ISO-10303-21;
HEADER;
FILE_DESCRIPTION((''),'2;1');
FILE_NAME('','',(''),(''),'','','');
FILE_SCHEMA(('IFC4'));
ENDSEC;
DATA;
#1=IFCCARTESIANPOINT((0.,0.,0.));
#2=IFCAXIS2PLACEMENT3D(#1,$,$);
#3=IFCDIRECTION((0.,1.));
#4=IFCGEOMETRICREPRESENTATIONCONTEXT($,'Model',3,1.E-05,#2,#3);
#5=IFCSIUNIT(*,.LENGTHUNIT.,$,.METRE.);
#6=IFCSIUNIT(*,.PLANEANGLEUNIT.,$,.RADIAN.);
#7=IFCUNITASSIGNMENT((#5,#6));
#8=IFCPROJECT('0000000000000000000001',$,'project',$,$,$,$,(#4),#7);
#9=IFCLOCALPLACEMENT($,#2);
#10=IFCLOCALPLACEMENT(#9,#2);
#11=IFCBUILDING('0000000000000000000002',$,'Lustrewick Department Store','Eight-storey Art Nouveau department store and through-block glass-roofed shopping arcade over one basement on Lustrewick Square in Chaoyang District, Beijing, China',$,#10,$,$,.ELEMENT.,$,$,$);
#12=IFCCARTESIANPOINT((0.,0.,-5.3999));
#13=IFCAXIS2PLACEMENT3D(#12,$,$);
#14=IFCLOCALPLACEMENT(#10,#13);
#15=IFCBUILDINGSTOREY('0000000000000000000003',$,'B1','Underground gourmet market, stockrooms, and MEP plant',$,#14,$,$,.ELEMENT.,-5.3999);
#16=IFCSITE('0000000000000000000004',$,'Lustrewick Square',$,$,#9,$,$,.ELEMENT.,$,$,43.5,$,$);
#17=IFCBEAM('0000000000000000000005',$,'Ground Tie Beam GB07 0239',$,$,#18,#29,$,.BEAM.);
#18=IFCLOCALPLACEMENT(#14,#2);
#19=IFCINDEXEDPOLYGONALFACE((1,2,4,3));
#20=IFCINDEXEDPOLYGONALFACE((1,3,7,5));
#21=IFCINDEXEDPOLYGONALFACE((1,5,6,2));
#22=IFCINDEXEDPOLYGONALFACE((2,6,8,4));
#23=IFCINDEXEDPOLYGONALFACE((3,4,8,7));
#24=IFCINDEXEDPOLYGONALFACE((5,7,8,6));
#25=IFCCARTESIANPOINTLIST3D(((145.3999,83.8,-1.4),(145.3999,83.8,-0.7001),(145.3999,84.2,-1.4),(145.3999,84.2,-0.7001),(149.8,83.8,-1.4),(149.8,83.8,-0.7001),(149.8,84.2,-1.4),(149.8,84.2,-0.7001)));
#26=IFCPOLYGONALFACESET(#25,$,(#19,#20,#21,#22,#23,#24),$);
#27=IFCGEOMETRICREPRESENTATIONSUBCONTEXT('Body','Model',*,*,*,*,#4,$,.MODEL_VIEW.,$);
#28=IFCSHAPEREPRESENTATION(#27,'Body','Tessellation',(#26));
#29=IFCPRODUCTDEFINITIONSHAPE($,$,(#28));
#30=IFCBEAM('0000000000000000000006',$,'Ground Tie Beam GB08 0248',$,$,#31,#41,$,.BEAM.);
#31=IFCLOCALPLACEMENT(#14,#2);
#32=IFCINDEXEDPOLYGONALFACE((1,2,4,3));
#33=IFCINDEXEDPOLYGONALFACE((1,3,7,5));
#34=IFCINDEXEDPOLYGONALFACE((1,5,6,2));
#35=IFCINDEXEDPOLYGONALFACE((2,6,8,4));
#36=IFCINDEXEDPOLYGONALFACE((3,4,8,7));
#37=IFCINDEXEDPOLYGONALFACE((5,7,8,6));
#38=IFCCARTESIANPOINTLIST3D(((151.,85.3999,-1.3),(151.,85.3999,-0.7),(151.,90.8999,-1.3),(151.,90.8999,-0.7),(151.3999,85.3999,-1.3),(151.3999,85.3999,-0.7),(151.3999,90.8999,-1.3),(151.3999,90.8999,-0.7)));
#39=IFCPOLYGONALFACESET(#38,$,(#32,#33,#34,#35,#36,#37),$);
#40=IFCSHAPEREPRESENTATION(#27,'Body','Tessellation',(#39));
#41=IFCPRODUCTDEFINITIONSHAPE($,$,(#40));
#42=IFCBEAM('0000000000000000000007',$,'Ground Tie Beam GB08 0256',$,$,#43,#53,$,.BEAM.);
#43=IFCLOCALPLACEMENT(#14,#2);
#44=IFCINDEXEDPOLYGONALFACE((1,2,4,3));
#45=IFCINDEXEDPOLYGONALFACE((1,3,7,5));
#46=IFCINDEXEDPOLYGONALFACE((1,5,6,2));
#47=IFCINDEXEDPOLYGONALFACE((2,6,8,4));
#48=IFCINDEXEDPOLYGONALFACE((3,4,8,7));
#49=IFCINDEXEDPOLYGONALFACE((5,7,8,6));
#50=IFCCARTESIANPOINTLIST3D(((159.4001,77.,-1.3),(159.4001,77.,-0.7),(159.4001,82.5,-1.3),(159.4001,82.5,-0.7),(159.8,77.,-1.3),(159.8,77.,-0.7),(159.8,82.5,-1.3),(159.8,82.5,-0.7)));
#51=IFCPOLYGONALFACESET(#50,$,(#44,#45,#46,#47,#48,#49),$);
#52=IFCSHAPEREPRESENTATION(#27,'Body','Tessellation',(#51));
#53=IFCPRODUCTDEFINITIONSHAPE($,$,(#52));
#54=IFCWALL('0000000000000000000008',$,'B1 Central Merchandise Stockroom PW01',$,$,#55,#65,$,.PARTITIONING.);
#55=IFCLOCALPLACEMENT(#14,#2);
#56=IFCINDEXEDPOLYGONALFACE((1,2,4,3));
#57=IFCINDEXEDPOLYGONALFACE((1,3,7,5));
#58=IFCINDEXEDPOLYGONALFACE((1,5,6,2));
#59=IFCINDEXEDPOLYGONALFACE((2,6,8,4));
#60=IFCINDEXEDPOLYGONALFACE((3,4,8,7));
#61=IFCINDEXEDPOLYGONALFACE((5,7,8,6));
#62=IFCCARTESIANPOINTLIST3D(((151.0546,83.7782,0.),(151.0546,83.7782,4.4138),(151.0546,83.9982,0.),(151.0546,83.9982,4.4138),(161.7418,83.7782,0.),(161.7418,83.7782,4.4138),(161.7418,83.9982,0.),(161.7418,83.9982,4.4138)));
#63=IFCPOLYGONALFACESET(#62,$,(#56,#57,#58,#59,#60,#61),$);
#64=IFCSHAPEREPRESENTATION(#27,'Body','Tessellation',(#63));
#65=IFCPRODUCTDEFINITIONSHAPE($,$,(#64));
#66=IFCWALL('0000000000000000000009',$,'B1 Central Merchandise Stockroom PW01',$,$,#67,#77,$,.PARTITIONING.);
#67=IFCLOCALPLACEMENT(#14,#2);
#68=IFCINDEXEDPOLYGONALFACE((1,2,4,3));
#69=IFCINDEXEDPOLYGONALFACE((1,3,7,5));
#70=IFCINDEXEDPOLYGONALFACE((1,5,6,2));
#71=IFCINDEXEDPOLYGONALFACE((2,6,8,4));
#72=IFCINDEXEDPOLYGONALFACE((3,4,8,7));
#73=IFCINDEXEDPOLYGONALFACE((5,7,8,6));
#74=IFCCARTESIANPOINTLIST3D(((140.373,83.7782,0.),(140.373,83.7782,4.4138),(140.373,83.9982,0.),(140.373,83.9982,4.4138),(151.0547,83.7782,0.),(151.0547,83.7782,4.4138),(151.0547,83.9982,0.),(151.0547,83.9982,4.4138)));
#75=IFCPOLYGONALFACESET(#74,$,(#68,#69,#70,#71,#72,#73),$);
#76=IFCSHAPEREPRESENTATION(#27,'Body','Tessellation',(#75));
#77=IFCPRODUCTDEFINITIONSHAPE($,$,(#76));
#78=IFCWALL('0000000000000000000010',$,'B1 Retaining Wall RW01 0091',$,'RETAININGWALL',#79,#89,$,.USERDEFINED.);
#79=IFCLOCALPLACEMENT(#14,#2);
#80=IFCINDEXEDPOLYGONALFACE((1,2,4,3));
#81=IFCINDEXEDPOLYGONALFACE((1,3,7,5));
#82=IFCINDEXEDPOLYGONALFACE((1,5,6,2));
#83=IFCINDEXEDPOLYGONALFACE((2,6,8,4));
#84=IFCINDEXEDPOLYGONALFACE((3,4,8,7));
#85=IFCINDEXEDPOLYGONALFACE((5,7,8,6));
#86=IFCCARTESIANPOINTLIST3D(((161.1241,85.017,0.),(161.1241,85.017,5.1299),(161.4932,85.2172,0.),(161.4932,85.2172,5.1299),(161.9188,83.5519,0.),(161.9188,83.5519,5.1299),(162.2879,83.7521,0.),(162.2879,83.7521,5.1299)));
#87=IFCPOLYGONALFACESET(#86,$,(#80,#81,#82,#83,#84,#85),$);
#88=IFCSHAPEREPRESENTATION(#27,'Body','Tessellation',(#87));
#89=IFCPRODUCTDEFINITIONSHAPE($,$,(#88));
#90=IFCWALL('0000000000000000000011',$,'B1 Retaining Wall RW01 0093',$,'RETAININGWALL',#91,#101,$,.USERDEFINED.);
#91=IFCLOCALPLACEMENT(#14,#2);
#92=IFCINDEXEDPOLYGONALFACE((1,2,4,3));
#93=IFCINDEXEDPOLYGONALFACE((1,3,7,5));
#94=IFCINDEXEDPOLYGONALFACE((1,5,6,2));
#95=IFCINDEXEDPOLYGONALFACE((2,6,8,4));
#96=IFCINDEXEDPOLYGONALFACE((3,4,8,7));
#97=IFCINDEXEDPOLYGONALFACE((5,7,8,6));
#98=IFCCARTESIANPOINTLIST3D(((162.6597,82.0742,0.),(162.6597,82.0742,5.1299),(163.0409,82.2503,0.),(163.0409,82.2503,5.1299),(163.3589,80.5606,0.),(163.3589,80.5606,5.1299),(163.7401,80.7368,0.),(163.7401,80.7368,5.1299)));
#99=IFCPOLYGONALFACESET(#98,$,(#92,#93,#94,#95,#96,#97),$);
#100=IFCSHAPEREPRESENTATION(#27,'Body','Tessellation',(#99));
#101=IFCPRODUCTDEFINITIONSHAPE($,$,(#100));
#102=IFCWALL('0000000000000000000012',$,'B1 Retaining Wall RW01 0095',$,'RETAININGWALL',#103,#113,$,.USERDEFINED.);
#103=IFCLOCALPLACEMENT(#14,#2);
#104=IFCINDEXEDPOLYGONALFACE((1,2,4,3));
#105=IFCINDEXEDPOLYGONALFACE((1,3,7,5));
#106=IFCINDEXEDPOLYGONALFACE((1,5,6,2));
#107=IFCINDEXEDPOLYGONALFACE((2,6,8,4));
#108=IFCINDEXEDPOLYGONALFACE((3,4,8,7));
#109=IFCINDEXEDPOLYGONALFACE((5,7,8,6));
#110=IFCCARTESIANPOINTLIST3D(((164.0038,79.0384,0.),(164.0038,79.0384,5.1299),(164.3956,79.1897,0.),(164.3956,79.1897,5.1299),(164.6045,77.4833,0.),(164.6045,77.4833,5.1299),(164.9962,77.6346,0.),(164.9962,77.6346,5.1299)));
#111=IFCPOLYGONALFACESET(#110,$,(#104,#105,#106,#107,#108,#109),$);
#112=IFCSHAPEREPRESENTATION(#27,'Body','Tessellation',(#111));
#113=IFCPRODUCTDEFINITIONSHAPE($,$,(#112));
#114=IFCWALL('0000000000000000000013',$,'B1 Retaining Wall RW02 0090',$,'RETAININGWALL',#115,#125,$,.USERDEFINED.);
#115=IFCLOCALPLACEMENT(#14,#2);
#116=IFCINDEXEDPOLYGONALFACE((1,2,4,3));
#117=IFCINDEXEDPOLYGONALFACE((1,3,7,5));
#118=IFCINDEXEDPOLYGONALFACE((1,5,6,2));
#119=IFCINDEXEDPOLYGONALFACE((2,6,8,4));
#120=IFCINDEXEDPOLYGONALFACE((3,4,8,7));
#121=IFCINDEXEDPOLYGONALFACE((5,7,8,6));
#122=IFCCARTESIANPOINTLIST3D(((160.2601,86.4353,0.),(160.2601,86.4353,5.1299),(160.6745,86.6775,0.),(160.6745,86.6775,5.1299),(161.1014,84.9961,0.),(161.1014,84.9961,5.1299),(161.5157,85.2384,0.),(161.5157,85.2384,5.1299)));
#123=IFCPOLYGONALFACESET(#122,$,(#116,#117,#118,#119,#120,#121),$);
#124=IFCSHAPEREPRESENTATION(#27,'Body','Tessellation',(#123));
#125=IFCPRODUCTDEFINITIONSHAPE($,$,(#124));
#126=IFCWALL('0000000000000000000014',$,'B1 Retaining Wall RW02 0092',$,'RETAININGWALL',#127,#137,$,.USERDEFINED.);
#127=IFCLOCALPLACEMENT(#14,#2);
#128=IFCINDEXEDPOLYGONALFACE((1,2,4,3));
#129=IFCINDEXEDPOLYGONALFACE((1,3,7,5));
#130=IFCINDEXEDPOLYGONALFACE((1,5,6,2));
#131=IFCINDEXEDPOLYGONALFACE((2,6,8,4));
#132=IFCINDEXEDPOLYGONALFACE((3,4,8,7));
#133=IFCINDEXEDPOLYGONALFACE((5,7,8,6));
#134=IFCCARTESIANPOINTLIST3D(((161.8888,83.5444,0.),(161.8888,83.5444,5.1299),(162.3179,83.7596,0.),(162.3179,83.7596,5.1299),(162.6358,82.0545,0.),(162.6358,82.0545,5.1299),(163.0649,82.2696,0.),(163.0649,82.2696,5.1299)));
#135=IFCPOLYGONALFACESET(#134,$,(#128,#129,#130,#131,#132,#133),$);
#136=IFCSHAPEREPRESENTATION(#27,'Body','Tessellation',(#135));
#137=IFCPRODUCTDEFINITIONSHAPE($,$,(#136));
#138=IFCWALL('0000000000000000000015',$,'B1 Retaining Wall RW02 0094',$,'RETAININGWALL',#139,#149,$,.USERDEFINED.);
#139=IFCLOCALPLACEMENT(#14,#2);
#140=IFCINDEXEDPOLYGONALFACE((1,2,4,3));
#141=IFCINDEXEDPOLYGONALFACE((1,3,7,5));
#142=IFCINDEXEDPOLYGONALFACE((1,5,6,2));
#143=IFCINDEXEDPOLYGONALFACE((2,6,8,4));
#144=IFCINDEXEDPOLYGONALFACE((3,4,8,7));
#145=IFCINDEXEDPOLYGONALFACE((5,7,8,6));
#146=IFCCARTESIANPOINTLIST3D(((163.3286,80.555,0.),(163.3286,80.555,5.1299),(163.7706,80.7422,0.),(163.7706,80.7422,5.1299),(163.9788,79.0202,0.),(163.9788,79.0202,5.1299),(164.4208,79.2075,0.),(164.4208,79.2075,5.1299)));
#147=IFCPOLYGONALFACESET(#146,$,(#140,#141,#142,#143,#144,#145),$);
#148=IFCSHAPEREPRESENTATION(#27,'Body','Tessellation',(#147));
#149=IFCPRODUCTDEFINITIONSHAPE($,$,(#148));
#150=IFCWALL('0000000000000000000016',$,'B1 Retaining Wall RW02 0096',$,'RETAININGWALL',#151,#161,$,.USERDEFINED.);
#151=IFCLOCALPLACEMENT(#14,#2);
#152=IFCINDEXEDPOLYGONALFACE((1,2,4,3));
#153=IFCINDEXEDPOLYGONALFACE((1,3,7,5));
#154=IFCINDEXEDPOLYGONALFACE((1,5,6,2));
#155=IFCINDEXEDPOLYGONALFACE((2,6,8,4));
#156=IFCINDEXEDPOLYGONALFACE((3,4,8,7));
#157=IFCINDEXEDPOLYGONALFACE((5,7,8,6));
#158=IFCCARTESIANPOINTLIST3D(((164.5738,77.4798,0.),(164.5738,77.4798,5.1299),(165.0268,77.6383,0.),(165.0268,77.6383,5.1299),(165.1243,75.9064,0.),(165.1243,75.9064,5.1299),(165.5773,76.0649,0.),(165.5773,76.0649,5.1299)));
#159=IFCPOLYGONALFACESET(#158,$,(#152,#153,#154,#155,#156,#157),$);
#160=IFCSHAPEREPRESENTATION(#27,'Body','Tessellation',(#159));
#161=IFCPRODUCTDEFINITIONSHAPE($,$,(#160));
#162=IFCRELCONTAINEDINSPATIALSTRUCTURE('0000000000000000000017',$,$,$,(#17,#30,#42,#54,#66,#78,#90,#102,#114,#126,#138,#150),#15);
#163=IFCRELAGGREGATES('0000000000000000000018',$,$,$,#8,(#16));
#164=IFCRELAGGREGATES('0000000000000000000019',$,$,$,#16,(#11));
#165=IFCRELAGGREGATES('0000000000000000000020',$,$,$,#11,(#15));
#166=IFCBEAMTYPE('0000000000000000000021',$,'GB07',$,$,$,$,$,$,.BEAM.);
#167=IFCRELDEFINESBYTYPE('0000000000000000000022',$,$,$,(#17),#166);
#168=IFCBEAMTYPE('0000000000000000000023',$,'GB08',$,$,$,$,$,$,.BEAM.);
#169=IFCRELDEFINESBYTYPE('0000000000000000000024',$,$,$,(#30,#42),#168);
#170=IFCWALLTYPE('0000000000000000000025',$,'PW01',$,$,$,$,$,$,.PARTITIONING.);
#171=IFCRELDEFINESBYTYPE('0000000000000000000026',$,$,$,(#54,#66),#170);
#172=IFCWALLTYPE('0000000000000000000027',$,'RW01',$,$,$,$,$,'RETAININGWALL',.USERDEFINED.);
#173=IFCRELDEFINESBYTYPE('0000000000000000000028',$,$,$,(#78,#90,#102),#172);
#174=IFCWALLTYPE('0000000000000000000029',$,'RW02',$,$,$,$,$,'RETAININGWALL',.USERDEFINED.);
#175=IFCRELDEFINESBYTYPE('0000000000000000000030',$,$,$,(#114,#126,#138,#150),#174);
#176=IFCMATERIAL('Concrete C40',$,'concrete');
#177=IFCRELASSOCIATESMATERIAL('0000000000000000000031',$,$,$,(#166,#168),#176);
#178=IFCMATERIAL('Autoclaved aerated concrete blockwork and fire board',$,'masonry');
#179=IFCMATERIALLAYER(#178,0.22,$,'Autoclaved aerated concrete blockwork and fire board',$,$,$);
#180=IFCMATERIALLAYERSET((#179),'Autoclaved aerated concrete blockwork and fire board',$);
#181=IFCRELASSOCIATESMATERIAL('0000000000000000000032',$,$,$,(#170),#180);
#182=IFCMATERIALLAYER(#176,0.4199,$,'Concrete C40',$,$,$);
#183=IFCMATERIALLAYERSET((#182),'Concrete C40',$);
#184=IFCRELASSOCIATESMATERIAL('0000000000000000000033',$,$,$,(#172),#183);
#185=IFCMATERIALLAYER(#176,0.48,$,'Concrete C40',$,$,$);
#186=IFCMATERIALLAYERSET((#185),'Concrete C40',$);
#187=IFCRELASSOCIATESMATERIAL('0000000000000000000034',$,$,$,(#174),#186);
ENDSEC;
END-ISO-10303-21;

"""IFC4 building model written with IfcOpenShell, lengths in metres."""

from ifc_helpers import new_model, si_unit, direction, frame, frame_2d, origin, origin_2d, place, context, subcontext, project, spatial, rectangle, extrude, material, layer, layer_set, material_profile, profile_set, type_object, element, save


model = new_model("IFC4")

# Units and contexts
model_context = context("Model", 3, precision=1e-05, world=origin(), true_north=direction((0.0, 1.0)))
body_context = subcontext(model_context, "Body", "Model", "MODEL_VIEW")
ifc_project = project(units=[si_unit("LENGTHUNIT", "METRE"), si_unit("PLANEANGLEUNIT", "RADIAN")], contexts=[model_context])

# Site, building, storey
site_placement = place(None, origin())
site = spatial("IfcSite", under=ifc_project, at=site_placement, Name="Lustrewick Square", CompositionType="ELEMENT", RefElevation=43.5)
building_placement = place(site_placement, origin())
building = spatial("IfcBuilding", under=site, at=building_placement, Name="Lustrewick Department Store", Description="Eight-storey Art Nouveau department store and through-block glass-roofed shopping arcade over one basement on Lustrewick Square in Chaoyang District, Beijing, China", CompositionType="ELEMENT")
storey_placement = place(building_placement, frame((0.0, 0.0, -5.3999)))
storey = spatial("IfcBuildingStorey", under=building, at=storey_placement, Name="B1", Description="Underground gourmet market, stockrooms, and MEP plant", CompositionType="ELEMENT", Elevation=-5.3999)

# Shared definitions
ifc_material_1 = material(Name="Concrete C40", Category="concrete")

# Beams
ifc_material_profile_1 = material_profile(ifc_material_1, rectangle(XDim=0.3999, YDim=0.7, at=origin_2d()), Name="RC 400x700")
ifc_profile_set_1 = profile_set([ifc_material_profile_1], Name="Concrete C40")
beam_type_1 = type_object("IfcBeamType", Name="GB07", PredefinedType="BEAM", material=ifc_profile_set_1)
beam_1_placement = place(storey_placement, frame((145.3999, 84.0, -1.05), z_axis=(1.0, 0.0, 0.0), x_axis=(0.0, 1.0, 0.0)))
element("IfcBeam", 1, at=beam_1_placement, inside=storey, type_object=beam_type_1, Name="Ground Tie Beam GB07 0239", PredefinedType="BEAM", context=body_context, shape_type="SweptSolid", body=[
    extrude(rectangle(XDim=0.3999, YDim=0.7, at=origin_2d()), origin(), (0.0, 0.0, 1.0), 4.4001),
])
ifc_material_profile_2 = material_profile(ifc_material_1, rectangle(XDim=0.3999, YDim=0.6001, at=origin_2d()), Name="RC 400x600")
ifc_profile_set_2 = profile_set([ifc_material_profile_2], Name="Concrete C40")
beam_type_2 = type_object("IfcBeamType", Name="GB08", PredefinedType="BEAM", material=ifc_profile_set_2)
for number, where, z_axis, x_axis, name in (
    (2, (151.2, 85.3999, -1.0), (0.0, 1.0, 0.0), (-1.0, 0.0, 0.0), "Ground Tie Beam GB08 0248"),
    (3, (159.6001, 77.0, -1.0), (0.0, 1.0, 0.0), (-1.0, 0.0, 0.0), "Ground Tie Beam GB08 0256"),
):
    element("IfcBeam", number, at=place(storey_placement, frame(where, z_axis=z_axis, x_axis=x_axis)), inside=storey, type_object=beam_type_2, Name=name, PredefinedType="BEAM", context=body_context, shape_type="SweptSolid", body=[
        extrude(rectangle(XDim=0.3999, YDim=0.6001, at=origin_2d()), origin(), (0.0, 0.0, 1.0), 5.5),
    ])

# Walls
ifc_material_2 = material(Name="Autoclaved aerated concrete blockwork and fire board", Category="masonry")
ifc_layer_1 = layer(ifc_material_2, 0.22, Name="Autoclaved aerated concrete blockwork and fire board")
ifc_layer_set_1 = layer_set([ifc_layer_1], Name="Autoclaved aerated concrete blockwork and fire board")
wall_type_1 = type_object("IfcWallType", Name="PW01", PredefinedType="PARTITIONING", material=ifc_layer_set_1)
wall_1_placement = place(storey_placement, frame((161.7419, 83.8882, 0.0), z_axis=(0.0, 0.0, 1.0), x_axis=(-1.0, 0.0, 0.0)))
element("IfcWall", 4, at=wall_1_placement, inside=storey, type_object=wall_type_1, Name="B1 Central Merchandise Stockroom PW01", PredefinedType="PARTITIONING", context=body_context, shape_type="SweptSolid", body=[
    extrude(rectangle(XDim=10.6873, YDim=0.22, at=frame_2d((5.3438, 0.0))), origin(), (0.0, 0.0, 1.0), 4.4138),
])
wall_2_placement = place(storey_placement, frame((151.0547, 83.8882, 0.0), z_axis=(0.0, 0.0, 1.0), x_axis=(-1.0, 0.0, 0.0)))
element("IfcWall", 5, at=wall_2_placement, inside=storey, type_object=wall_type_1, Name="B1 Central Merchandise Stockroom PW01", PredefinedType="PARTITIONING", context=body_context, shape_type="SweptSolid", body=[
    extrude(rectangle(XDim=10.6816, YDim=0.22, at=frame_2d((5.3408, 0.0))), origin(), (0.0, 0.0, 1.0), 4.4138),
])
ifc_layer_2 = layer(ifc_material_1, 0.4199, Name="Concrete C40")
ifc_layer_set_2 = layer_set([ifc_layer_2], Name="Concrete C40")
wall_type_2 = type_object("IfcWallType", Name="RW01", ElementType="RETAININGWALL", PredefinedType="USERDEFINED", material=ifc_layer_set_2)
wall_3_placement = place(storey_placement, frame((161.3086, 85.1172, 0.0), z_axis=(0.0, 0.0, 1.0), x_axis=(0.476788, -0.879018, 0.0)))
element("IfcWall", 6, at=wall_3_placement, inside=storey, type_object=wall_type_2, Name="B1 Retaining Wall RW01 0091", ObjectType="RETAININGWALL", PredefinedType="USERDEFINED", context=body_context, shape_type="SweptSolid", body=[
    extrude(rectangle(XDim=1.6667, YDim=0.4199, at=frame_2d((0.8335, 0.0))), origin(), (0.0, 0.0, 1.0), 5.1299),
])
wall_4_placement = place(storey_placement, frame((162.8503, 82.1621, 0.0), z_axis=(0.0, 0.0, 1.0), x_axis=(0.419411, -0.907796, 0.0)))
element("IfcWall", 7, at=wall_4_placement, inside=storey, type_object=wall_type_2, Name="B1 Retaining Wall RW01 0093", ObjectType="RETAININGWALL", PredefinedType="USERDEFINED", context=body_context, shape_type="SweptSolid", body=[
    extrude(rectangle(XDim=1.6672, YDim=0.4199, at=frame_2d((0.8335, 0.0))), origin(), (0.0, 0.0, 1.0), 5.1299),
])
wall_5_placement = place(storey_placement, frame((164.1997, 79.114, 0.0), z_axis=(0.0, 0.0, 1.0), x_axis=(0.360304, -0.932835, 0.0)))
element("IfcWall", 8, at=wall_5_placement, inside=storey, type_object=wall_type_2, Name="B1 Retaining Wall RW01 0095", ObjectType="RETAININGWALL", PredefinedType="USERDEFINED", context=body_context, shape_type="SweptSolid", body=[
    extrude(rectangle(XDim=1.667, YDim=0.4199, at=frame_2d((0.8335, 0.0))), origin(), (0.0, 0.0, 1.0), 5.1299),
])
ifc_layer_3 = layer(ifc_material_1, 0.48, Name="Concrete C40")
ifc_layer_set_3 = layer_set([ifc_layer_3], Name="Concrete C40")
wall_type_3 = type_object("IfcWallType", Name="RW02", ElementType="RETAININGWALL", PredefinedType="USERDEFINED", material=ifc_layer_set_3)
wall_6_placement = place(storey_placement, frame((160.4673, 86.5564, 0.0), z_axis=(0.0, 0.0, 1.0), x_axis=(0.504663, -0.863316, 0.0)))
element("IfcWall", 9, at=wall_6_placement, inside=storey, type_object=wall_type_3, Name="B1 Retaining Wall RW02 0090", ObjectType="RETAININGWALL", PredefinedType="USERDEFINED", context=body_context, shape_type="SweptSolid", body=[
    extrude(rectangle(XDim=1.667, YDim=0.48, at=frame_2d((0.8335, 0.0))), origin(), (0.0, 0.0, 1.0), 5.1299),
])
for number, where, z_axis, x_axis, name in (
    (10, (162.1033, 83.6521, 0.0), (0.0, 0.0, 1.0), (0.448209, -0.893929, 0.0), "B1 Retaining Wall RW02 0092"),
    (11, (163.5496, 80.6487, 0.0), (0.0, 0.0, 1.0), (0.39008, -0.920781, 0.0), "B1 Retaining Wall RW02 0094"),
):
    element("IfcWall", number, at=place(storey_placement, frame(where, z_axis=z_axis, x_axis=x_axis)), inside=storey, type_object=wall_type_3, Name=name, ObjectType="RETAININGWALL", PredefinedType="USERDEFINED", context=body_context, shape_type="SweptSolid", body=[
        extrude(rectangle(XDim=1.6667, YDim=0.48, at=frame_2d((0.8335, 0.0))), origin(), (0.0, 0.0, 1.0), 5.1299),
    ])
wall_7_placement = place(storey_placement, frame((164.8003, 77.5591, 0.0), z_axis=(0.0, 0.0, 1.0), x_axis=(0.330253, -0.943893, 0.0)))
element("IfcWall", 12, at=wall_7_placement, inside=storey, type_object=wall_type_3, Name="B1 Retaining Wall RW02 0096", ObjectType="RETAININGWALL", PredefinedType="USERDEFINED", context=body_context, shape_type="SweptSolid", body=[
    extrude(rectangle(XDim=1.667, YDim=0.48, at=frame_2d((0.8335, 0.0))), origin(), (0.0, 0.0, 1.0), 5.1299),
])

save(model, "model.ifc")
